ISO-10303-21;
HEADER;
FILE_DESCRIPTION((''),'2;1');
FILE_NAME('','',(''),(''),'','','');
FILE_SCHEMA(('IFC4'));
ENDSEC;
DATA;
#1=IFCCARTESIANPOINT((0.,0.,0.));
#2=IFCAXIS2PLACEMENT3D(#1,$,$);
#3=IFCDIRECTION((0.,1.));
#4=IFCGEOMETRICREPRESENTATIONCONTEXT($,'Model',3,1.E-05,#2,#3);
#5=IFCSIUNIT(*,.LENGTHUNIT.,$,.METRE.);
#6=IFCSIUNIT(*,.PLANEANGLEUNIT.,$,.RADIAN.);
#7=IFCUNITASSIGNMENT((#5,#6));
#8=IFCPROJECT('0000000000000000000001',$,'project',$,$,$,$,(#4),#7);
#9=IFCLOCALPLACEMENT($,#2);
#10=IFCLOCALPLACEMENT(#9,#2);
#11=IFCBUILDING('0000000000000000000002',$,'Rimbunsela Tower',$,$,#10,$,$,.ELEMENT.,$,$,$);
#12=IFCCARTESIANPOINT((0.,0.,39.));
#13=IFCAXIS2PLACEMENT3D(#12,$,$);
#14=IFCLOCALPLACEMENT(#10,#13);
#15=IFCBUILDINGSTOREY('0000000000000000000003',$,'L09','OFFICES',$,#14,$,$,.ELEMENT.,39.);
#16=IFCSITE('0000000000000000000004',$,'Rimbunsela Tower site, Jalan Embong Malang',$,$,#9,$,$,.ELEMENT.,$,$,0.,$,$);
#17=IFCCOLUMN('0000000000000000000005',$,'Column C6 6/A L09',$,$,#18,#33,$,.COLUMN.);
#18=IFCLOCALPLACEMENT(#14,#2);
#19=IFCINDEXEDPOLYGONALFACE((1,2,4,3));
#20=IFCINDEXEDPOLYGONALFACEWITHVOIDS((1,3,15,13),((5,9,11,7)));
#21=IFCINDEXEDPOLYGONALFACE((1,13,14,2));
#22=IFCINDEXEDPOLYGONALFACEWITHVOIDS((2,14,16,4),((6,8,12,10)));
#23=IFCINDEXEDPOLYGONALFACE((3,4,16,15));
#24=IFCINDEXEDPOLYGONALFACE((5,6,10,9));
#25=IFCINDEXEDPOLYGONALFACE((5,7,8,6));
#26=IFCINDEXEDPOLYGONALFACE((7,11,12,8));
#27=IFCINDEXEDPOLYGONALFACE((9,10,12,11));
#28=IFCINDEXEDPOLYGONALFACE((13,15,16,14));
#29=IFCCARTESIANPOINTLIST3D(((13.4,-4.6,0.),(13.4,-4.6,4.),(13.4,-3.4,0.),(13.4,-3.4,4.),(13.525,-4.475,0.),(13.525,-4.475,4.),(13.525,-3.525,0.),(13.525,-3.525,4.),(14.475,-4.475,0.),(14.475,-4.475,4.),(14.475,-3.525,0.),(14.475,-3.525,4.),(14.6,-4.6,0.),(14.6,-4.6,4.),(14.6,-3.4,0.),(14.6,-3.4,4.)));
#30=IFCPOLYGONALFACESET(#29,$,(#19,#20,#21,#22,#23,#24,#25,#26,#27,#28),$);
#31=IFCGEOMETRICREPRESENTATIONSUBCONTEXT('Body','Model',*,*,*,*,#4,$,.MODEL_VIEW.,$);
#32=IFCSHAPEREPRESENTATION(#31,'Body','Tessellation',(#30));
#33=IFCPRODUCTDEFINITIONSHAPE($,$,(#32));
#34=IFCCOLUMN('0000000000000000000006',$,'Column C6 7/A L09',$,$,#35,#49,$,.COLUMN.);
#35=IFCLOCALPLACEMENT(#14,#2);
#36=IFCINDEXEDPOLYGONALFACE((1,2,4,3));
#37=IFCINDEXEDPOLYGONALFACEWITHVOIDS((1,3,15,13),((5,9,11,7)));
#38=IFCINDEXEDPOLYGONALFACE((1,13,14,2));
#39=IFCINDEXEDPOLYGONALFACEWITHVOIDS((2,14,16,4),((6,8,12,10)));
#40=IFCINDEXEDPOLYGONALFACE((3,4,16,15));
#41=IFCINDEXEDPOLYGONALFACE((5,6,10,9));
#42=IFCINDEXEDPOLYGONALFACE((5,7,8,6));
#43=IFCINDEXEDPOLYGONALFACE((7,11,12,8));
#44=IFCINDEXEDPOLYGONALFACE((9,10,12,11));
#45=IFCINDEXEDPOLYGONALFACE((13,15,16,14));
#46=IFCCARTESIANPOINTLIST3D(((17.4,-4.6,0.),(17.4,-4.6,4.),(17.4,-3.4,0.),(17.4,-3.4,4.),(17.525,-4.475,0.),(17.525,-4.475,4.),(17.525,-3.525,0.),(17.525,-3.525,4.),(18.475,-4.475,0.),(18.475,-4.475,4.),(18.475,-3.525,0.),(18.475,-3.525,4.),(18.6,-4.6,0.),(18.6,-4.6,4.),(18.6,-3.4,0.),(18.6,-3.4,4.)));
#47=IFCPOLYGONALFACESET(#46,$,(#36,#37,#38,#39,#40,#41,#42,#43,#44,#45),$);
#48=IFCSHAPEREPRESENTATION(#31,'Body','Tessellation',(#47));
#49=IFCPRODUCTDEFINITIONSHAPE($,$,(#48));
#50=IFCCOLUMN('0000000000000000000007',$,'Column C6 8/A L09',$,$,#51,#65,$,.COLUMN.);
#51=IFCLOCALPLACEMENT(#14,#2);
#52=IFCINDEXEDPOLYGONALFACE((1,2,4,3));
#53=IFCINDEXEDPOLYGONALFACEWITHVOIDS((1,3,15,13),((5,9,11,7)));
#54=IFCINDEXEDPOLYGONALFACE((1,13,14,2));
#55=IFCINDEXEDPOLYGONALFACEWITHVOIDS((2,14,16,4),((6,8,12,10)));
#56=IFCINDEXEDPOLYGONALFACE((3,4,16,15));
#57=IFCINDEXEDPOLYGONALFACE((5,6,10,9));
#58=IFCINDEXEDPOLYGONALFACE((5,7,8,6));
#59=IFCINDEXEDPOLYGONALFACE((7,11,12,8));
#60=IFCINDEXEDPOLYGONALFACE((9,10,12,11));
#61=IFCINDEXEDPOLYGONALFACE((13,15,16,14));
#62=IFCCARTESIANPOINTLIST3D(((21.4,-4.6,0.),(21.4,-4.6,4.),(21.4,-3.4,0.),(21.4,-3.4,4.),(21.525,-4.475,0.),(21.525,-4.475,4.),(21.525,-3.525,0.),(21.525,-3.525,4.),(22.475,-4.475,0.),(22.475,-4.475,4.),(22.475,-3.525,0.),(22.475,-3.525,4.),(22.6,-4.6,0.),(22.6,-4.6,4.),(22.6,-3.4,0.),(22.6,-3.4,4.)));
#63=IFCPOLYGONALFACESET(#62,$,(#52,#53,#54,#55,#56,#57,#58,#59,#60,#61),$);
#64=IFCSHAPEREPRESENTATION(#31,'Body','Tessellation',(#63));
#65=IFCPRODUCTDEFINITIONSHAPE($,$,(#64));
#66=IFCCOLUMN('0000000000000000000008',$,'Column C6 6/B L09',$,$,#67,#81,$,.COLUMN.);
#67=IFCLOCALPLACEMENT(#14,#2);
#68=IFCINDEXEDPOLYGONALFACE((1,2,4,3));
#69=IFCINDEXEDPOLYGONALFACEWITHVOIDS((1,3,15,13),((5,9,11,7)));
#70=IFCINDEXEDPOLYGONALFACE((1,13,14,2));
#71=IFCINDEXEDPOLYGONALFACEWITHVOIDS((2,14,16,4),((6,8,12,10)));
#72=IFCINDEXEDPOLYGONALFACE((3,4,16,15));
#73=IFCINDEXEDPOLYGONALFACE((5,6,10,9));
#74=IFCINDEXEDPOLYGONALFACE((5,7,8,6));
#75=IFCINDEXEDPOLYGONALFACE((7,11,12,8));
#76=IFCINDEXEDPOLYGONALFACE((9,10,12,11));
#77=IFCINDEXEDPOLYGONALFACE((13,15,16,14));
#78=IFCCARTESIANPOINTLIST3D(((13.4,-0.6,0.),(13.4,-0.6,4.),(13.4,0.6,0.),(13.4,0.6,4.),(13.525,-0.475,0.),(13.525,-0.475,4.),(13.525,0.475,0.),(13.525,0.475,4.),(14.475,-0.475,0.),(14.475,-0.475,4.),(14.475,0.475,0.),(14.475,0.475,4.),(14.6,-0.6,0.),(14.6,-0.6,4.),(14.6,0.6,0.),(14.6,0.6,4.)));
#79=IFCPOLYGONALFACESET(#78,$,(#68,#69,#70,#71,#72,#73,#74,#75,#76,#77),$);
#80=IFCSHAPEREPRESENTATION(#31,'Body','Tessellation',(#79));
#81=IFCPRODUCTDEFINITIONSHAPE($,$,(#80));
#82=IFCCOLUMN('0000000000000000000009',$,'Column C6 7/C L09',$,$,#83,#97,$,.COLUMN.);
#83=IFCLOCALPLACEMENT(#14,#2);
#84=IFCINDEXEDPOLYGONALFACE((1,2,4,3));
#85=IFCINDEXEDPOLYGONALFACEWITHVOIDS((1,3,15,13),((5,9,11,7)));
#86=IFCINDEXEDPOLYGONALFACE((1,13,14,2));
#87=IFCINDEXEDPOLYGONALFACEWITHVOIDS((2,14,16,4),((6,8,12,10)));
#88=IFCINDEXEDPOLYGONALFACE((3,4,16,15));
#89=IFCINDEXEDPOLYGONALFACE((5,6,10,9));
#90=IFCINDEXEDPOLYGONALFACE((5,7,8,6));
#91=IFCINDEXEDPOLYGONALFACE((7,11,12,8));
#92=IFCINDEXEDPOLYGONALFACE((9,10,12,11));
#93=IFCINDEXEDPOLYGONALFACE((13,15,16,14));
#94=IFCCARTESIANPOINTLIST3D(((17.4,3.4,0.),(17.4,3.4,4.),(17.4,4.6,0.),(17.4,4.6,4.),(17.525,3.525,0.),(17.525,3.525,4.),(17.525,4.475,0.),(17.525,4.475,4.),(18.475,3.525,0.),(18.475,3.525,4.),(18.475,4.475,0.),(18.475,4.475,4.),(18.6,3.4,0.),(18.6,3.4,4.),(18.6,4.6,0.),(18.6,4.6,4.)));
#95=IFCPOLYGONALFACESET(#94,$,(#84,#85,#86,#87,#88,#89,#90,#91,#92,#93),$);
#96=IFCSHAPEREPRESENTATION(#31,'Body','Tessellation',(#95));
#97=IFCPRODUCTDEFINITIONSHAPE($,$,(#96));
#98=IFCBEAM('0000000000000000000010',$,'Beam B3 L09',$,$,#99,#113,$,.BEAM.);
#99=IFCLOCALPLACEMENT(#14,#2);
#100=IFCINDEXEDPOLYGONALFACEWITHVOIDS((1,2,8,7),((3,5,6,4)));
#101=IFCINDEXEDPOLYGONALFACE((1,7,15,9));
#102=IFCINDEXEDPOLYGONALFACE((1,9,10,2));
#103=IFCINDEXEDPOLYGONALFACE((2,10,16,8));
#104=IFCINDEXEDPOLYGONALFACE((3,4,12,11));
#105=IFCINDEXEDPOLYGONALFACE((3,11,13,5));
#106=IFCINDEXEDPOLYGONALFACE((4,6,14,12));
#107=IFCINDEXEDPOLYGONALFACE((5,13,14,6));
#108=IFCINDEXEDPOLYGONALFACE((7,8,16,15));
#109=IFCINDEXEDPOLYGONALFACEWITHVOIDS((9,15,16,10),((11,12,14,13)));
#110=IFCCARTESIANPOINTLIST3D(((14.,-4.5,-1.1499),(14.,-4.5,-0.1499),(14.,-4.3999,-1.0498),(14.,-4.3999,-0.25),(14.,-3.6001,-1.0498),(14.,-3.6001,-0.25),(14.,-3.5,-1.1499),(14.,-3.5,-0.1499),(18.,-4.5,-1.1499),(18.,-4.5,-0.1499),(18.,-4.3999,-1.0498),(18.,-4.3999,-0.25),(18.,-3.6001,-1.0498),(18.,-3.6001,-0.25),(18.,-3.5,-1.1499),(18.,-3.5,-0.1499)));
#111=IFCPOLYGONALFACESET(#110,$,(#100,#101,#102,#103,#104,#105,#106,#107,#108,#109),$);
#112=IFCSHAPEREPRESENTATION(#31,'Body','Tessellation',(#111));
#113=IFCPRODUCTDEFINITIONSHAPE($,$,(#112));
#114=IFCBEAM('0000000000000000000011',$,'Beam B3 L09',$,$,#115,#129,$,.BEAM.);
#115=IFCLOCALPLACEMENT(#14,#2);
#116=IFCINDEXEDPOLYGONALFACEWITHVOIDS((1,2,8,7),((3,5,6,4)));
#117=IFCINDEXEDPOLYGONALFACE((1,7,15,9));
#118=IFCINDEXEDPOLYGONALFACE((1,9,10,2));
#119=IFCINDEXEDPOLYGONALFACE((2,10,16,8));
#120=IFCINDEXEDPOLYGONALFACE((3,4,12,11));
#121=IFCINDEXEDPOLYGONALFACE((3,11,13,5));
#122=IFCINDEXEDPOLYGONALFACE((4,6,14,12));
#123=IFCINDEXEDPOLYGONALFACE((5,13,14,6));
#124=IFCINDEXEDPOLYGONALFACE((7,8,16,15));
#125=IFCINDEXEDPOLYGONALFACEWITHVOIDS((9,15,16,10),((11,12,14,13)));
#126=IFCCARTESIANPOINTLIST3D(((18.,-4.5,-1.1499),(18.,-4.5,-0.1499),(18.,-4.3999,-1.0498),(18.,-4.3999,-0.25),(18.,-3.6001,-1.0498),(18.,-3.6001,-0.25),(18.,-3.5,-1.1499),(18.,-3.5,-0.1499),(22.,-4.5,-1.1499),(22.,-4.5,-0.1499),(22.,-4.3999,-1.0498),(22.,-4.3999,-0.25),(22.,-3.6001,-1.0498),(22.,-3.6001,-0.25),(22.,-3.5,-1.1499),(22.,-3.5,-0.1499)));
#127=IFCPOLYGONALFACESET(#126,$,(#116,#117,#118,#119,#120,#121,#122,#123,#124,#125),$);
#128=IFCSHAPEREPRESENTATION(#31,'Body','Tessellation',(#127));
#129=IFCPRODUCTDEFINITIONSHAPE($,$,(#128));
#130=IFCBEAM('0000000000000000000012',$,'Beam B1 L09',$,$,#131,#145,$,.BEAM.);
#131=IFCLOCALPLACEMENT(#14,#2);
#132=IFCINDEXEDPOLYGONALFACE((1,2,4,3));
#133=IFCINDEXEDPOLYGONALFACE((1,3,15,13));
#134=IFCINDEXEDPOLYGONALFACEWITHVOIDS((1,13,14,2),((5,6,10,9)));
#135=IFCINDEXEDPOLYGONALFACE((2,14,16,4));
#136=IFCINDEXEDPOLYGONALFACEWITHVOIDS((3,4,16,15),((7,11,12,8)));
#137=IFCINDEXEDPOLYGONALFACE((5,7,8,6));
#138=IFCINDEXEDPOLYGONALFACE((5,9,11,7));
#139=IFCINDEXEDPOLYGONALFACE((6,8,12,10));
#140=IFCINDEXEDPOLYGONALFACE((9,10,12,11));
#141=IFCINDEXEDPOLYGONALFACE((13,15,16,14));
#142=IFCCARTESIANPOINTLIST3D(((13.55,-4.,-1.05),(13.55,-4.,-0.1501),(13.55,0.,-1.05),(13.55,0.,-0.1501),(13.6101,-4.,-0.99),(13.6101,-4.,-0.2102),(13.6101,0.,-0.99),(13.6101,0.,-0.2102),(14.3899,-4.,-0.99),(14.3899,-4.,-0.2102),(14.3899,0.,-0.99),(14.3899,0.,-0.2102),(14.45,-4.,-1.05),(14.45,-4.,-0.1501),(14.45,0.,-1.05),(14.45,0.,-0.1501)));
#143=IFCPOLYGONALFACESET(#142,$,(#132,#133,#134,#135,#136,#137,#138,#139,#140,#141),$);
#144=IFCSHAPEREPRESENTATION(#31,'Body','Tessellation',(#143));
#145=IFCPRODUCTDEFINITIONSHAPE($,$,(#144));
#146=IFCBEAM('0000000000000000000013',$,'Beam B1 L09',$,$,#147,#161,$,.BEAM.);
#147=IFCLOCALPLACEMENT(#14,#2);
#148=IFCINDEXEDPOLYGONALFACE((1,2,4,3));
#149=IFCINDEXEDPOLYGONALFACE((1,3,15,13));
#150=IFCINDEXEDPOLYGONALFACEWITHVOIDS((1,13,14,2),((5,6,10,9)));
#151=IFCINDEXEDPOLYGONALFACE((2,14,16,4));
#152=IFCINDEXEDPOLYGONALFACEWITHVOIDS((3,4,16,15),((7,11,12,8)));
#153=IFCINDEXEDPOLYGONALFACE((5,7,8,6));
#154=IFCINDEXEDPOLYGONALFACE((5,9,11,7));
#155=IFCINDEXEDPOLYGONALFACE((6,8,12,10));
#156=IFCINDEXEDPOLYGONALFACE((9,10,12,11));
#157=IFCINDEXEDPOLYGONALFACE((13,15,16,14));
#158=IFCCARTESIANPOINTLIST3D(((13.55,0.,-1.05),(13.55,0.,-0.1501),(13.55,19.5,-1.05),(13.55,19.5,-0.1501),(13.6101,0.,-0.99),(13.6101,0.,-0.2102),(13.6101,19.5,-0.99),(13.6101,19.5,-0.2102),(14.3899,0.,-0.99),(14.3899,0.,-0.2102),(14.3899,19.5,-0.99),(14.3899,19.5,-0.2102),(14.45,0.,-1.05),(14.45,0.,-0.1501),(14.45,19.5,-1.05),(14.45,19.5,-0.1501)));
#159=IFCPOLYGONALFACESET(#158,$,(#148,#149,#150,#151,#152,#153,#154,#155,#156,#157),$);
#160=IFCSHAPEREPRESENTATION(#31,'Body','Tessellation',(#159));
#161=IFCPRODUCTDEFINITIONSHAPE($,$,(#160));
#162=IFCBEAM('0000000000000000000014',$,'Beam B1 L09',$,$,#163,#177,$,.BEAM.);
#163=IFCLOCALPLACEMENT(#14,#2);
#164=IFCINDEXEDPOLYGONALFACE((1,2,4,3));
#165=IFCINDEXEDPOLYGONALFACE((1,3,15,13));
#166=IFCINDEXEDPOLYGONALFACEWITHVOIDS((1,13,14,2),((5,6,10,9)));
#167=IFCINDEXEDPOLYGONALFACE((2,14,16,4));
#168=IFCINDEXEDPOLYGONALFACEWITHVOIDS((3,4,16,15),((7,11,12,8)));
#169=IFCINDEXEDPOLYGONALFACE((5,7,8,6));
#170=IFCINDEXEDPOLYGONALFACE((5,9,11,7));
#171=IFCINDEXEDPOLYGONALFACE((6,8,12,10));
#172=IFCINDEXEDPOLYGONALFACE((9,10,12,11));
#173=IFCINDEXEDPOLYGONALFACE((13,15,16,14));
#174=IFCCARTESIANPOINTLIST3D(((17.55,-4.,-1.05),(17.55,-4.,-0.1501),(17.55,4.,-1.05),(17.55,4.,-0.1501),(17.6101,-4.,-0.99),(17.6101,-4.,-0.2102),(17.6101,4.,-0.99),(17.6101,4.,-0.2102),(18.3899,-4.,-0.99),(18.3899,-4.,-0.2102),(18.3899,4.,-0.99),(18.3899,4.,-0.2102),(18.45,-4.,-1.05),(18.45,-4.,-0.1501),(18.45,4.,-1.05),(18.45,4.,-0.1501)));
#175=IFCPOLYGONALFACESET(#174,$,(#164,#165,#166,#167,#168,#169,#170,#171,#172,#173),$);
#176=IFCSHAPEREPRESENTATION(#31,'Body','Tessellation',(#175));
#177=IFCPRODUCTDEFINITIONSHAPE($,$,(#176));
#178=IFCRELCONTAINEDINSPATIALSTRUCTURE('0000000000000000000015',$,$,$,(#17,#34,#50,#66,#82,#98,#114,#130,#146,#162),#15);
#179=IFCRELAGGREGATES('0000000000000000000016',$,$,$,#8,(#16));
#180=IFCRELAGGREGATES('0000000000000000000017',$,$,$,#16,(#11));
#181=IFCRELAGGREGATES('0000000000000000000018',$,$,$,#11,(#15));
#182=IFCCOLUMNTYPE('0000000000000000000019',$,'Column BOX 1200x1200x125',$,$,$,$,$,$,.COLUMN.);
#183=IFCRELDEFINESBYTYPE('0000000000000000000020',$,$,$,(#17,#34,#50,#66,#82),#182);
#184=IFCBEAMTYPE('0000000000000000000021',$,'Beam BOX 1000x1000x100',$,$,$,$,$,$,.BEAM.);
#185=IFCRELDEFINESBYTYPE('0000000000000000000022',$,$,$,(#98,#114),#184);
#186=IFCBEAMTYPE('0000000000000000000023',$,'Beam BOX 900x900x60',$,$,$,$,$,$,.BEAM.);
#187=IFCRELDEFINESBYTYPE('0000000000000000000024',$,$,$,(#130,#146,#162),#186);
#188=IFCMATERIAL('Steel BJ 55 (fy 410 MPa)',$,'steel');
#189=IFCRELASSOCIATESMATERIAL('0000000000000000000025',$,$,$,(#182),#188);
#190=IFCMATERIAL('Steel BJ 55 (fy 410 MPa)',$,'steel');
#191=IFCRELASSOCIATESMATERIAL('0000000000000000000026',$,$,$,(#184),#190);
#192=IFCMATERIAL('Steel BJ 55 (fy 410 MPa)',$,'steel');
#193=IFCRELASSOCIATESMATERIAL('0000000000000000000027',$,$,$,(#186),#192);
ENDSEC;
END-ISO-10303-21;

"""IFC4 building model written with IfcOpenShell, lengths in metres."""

from ifc_helpers import new_model, si_unit, direction, frame, origin, origin_2d, place, context, subcontext, project, spatial, hollow_rectangle, extrude, material, material_profile, profile_set, type_object, element, save


model = new_model("IFC4")

# Units and contexts
model_context = context("Model", 3, precision=1e-05, world=origin(), true_north=direction((0.0, 1.0)))
body_context = subcontext(model_context, "Body", "Model", "MODEL_VIEW")
ifc_project = project(units=[si_unit("LENGTHUNIT", "METRE"), si_unit("PLANEANGLEUNIT", "RADIAN")], contexts=[model_context])

# Site, building, storey
site_placement = place(None, origin())
site = spatial("IfcSite", under=ifc_project, at=site_placement, Name="Rimbunsela Tower site, Jalan Embong Malang", CompositionType="ELEMENT", RefElevation=0.0)
building_placement = place(site_placement, origin())
building = spatial("IfcBuilding", under=site, at=building_placement, Name="Rimbunsela Tower", CompositionType="ELEMENT")
storey_placement = place(building_placement, frame((0.0, 0.0, 39.0)))
storey = spatial("IfcBuildingStorey", under=building, at=storey_placement, Name="L09", Description="OFFICES", CompositionType="ELEMENT", Elevation=39.0)

# Columns
ifc_material_1 = material(Name="Steel BJ 55 (fy 410 MPa)", Category="steel")
ifc_material_profile_1 = material_profile(ifc_material_1, hollow_rectangle(XDim=1.2, YDim=1.2, WallThickness=0.125, at=origin_2d()), Name="BOX 1200x1200x125")
ifc_profile_set_1 = profile_set([ifc_material_profile_1], Name="Steel BJ 55 (fy 410 MPa)")
column_type = type_object("IfcColumnType", Name="Column BOX 1200x1200x125", PredefinedType="COLUMN", material=ifc_profile_set_1)
for number, where, z_axis, x_axis, name in (
    (1, (14.0, -4.0, 0.0), (0.0, 0.0, 1.0), (1.0, 0.0, 0.0), "Column C6 6/A L09"),
    (2, (18.0, -4.0, 0.0), (0.0, 0.0, 1.0), (1.0, 0.0, 0.0), "Column C6 7/A L09"),
    (3, (22.0, -4.0, 0.0), (0.0, 0.0, 1.0), (1.0, 0.0, 0.0), "Column C6 8/A L09"),
    (4, (14.0, 0.0, 0.0), (0.0, 0.0, 1.0), (1.0, 0.0, 0.0), "Column C6 6/B L09"),
    (5, (18.0, 4.0, 0.0), (0.0, 0.0, 1.0), (1.0, 0.0, 0.0), "Column C6 7/C L09"),
):
    element("IfcColumn", number, at=place(storey_placement, frame(where, z_axis=z_axis, x_axis=x_axis)), inside=storey, type_object=column_type, Name=name, PredefinedType="COLUMN", context=body_context, shape_type="SweptSolid", body=[
        extrude(hollow_rectangle(XDim=1.2, YDim=1.2, WallThickness=0.125, at=origin_2d()), origin(), (0.0, 0.0, 1.0), 4.0),
    ])

# Beams
ifc_material_2 = material(Name="Steel BJ 55 (fy 410 MPa)", Category="steel")
ifc_material_profile_2 = material_profile(ifc_material_2, hollow_rectangle(XDim=1.0, YDim=1.0, WallThickness=0.1001, at=origin_2d()), Name="BOX 1000x1000x100")
ifc_profile_set_2 = profile_set([ifc_material_profile_2], Name="Steel BJ 55 (fy 410 MPa)")
beam_type_1 = type_object("IfcBeamType", Name="Beam BOX 1000x1000x100", PredefinedType="BEAM", material=ifc_profile_set_2)
for number, where, z_axis, x_axis, name in (
    (6, (14.0, -4.0, -0.6499), (1.0, 0.0, 0.0), (0.0, 1.0, 0.0), "Beam B3 L09"),
    (7, (18.0, -4.0, -0.6499), (1.0, 0.0, 0.0), (0.0, 1.0, 0.0), "Beam B3 L09"),
):
    element("IfcBeam", number, at=place(storey_placement, frame(where, z_axis=z_axis, x_axis=x_axis)), inside=storey, type_object=beam_type_1, Name=name, PredefinedType="BEAM", context=body_context, shape_type="SweptSolid", body=[
        extrude(hollow_rectangle(XDim=1.0, YDim=1.0, WallThickness=0.1001, at=origin_2d()), origin(), (0.0, 0.0, 1.0), 4.0),
    ])
ifc_material_3 = material(Name="Steel BJ 55 (fy 410 MPa)", Category="steel")
ifc_material_profile_3 = material_profile(ifc_material_3, hollow_rectangle(XDim=0.8999, YDim=0.8999, WallThickness=0.0601, at=origin_2d()), Name="BOX 900x900x60")
ifc_profile_set_3 = profile_set([ifc_material_profile_3], Name="Steel BJ 55 (fy 410 MPa)")
beam_type_2 = type_object("IfcBeamType", Name="Beam BOX 900x900x60", PredefinedType="BEAM", material=ifc_profile_set_3)
beam_1_placement = place(storey_placement, frame((14.0, -4.0, -0.6001), z_axis=(0.0, 1.0, 0.0), x_axis=(-1.0, 0.0, 0.0)))
element("IfcBeam", 8, at=beam_1_placement, inside=storey, type_object=beam_type_2, Name="Beam B1 L09", PredefinedType="BEAM", context=body_context, shape_type="SweptSolid", body=[
    extrude(hollow_rectangle(XDim=0.8999, YDim=0.8999, WallThickness=0.0601, at=origin_2d()), origin(), (0.0, 0.0, 1.0), 4.0),
])
beam_2_placement = place(storey_placement, frame((14.0, 0.0, -0.6001), z_axis=(0.0, 1.0, 0.0), x_axis=(-1.0, 0.0, 0.0)))
element("IfcBeam", 9, at=beam_2_placement, inside=storey, type_object=beam_type_2, Name="Beam B1 L09", PredefinedType="BEAM", context=body_context, shape_type="SweptSolid", body=[
    extrude(hollow_rectangle(XDim=0.8999, YDim=0.8999, WallThickness=0.0601, at=origin_2d()), origin(), (0.0, 0.0, 1.0), 19.5),
])
beam_3_placement = place(storey_placement, frame((18.0, -4.0, -0.6001), z_axis=(0.0, 1.0, 0.0), x_axis=(-1.0, 0.0, 0.0)))
element("IfcBeam", 10, at=beam_3_placement, inside=storey, type_object=beam_type_2, Name="Beam B1 L09", PredefinedType="BEAM", context=body_context, shape_type="SweptSolid", body=[
    extrude(hollow_rectangle(XDim=0.8999, YDim=0.8999, WallThickness=0.0601, at=origin_2d()), origin(), (0.0, 0.0, 1.0), 8.0),
])

save(model, "model.ifc")
